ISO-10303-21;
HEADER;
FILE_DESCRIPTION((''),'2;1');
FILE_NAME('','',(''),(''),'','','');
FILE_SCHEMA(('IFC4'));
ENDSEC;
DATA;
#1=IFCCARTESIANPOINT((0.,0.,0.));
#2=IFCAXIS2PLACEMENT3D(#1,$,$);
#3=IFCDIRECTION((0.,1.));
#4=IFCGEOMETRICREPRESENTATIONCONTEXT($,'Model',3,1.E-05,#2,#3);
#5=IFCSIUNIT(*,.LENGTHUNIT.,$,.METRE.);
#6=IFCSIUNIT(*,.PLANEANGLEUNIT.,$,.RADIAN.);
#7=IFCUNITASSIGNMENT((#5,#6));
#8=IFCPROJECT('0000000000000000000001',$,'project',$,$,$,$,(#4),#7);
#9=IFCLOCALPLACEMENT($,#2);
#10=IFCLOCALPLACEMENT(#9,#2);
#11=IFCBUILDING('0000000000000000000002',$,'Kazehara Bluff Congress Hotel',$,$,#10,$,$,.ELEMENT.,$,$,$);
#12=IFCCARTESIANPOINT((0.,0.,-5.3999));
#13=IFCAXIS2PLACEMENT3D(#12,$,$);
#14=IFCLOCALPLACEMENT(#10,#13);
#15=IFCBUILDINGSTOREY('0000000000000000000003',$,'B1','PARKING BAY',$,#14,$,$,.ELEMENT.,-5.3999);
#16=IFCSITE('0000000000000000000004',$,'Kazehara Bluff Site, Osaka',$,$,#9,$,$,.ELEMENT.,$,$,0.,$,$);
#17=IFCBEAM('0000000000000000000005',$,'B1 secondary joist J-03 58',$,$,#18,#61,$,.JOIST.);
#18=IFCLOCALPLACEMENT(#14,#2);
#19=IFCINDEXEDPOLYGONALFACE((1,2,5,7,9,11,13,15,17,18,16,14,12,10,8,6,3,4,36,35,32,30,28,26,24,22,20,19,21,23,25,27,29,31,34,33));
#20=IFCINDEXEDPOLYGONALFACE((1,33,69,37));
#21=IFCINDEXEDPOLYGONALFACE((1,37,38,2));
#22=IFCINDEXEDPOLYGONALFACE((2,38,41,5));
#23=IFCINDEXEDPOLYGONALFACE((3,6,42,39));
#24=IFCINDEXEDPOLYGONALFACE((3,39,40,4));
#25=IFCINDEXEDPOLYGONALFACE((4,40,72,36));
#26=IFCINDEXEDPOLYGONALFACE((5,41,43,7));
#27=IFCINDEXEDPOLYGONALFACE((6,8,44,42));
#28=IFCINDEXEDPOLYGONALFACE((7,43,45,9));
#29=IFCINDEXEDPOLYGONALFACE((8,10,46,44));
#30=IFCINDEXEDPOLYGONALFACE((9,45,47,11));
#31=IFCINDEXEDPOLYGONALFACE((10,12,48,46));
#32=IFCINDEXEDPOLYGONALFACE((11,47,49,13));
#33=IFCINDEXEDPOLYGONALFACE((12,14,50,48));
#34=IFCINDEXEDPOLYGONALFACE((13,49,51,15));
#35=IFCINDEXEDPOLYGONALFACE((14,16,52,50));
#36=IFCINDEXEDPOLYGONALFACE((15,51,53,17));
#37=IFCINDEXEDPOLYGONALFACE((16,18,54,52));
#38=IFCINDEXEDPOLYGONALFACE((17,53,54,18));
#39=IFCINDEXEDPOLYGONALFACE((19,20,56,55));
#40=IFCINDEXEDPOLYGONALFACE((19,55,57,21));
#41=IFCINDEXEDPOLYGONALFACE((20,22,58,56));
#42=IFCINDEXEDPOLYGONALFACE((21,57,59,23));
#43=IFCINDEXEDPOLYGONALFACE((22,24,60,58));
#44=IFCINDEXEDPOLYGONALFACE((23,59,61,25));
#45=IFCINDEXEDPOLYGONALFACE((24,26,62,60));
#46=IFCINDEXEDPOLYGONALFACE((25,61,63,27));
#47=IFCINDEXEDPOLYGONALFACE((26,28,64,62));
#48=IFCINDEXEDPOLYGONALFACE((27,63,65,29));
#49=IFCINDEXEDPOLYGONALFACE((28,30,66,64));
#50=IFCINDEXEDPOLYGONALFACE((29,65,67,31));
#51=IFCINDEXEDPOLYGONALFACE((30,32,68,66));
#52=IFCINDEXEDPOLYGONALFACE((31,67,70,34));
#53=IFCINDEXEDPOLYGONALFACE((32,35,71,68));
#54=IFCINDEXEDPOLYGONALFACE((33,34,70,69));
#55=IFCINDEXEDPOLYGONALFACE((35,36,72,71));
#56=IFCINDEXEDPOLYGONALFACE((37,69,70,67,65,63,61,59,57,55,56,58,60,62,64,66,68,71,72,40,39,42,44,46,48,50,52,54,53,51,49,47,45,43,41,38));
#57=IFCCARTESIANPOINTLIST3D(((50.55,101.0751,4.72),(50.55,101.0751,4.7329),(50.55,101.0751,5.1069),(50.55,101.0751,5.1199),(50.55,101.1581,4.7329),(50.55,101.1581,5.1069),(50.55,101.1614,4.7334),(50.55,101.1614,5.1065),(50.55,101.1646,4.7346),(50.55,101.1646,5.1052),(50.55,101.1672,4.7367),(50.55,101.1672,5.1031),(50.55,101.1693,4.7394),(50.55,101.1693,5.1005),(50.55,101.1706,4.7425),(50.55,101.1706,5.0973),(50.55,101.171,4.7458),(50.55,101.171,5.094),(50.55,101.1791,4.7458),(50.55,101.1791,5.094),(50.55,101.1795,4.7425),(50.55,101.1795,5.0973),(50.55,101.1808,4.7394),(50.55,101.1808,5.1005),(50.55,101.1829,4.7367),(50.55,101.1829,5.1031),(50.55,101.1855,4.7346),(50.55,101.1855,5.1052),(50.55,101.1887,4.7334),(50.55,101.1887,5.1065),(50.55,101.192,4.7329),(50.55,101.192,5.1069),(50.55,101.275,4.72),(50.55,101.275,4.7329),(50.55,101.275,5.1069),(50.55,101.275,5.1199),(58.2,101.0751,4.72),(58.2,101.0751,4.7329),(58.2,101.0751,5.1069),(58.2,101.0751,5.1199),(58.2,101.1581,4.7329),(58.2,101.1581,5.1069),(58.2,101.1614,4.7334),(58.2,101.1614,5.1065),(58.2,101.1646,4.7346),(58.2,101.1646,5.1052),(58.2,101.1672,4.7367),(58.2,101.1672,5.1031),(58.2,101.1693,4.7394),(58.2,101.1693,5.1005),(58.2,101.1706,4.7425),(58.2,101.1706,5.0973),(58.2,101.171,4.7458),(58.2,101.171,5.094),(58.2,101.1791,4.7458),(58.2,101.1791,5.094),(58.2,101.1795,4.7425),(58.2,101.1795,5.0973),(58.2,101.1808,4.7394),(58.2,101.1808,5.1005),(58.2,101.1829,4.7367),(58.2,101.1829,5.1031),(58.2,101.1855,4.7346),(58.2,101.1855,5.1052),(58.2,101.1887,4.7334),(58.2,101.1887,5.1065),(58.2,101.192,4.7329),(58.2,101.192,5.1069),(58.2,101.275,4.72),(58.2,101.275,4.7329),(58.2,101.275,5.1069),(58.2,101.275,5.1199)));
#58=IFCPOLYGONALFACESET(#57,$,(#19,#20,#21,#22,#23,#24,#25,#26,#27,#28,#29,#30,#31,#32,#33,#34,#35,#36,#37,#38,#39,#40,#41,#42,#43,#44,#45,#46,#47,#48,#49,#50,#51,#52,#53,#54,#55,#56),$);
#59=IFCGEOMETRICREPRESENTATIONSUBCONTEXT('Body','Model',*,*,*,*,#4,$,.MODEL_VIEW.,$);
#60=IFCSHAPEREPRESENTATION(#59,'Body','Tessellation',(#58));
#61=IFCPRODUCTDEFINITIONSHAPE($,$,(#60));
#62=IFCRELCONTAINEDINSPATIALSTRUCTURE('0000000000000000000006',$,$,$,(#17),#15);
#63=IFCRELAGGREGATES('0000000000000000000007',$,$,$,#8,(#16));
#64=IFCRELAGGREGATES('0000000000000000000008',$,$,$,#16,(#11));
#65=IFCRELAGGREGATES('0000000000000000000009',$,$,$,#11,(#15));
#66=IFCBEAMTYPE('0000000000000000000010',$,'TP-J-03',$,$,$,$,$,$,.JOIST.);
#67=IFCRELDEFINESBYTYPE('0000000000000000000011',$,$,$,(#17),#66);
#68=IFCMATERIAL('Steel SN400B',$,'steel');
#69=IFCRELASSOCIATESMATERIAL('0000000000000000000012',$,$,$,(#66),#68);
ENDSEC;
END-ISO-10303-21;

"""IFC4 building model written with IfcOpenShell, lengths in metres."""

from ifc_helpers import new_model, si_unit, direction, frame, origin, origin_2d, place, context, subcontext, project, spatial, i_section, extrude, material, material_profile, profile_set, type_object, element, save


model = new_model("IFC4")

# Units and contexts
model_context = context("Model", 3, precision=1e-05, world=origin(), true_north=direction((0.0, 1.0)))
body_context = subcontext(model_context, "Body", "Model", "MODEL_VIEW")
ifc_project = project(units=[si_unit("LENGTHUNIT", "METRE"), si_unit("PLANEANGLEUNIT", "RADIAN")], contexts=[model_context])

# Site, building, storey
site_placement = place(None, origin())
site = spatial("IfcSite", under=ifc_project, at=site_placement, Name="Kazehara Bluff Site, Osaka", CompositionType="ELEMENT", RefElevation=0.0)
building_placement = place(site_placement, origin())
building = spatial("IfcBuilding", under=site, at=building_placement, Name="Kazehara Bluff Congress Hotel", CompositionType="ELEMENT")
storey_placement = place(building_placement, frame((0.0, 0.0, -5.3999)))
storey = spatial("IfcBuildingStorey", under=building, at=storey_placement, Name="B1", Description="PARKING BAY", CompositionType="ELEMENT", Elevation=-5.3999)

# Beam
ifc_material_1 = material(Name="Steel SN400B", Category="steel")
ifc_material_profile_1 = material_profile(ifc_material_1, i_section(OverallWidth=0.2, OverallDepth=0.3999, WebThickness=0.0081, FlangeThickness=0.0129, FilletRadius=0.0129, at=origin_2d()))
ifc_profile_set_1 = profile_set([ifc_material_profile_1], Name="Steel SN400B")
beam_type_1 = type_object("IfcBeamType", Name="TP-J-03", PredefinedType="JOIST", material=ifc_profile_set_1)
for number, where, z_axis, x_axis, name in (
    (1, (50.55, 101.175, 4.9199), (1.0, 0.0, 0.0), (0.0, 1.0, 0.0), "B1 secondary joist J-03 58"),
):
    element("IfcBeam", number, at=place(storey_placement, frame(where, z_axis=z_axis, x_axis=x_axis)), inside=storey, type_object=beam_type_1, Name=name, PredefinedType="JOIST", context=body_context, shape_type="SweptSolid", body=[
        extrude(i_section(OverallWidth=0.2, OverallDepth=0.3999, WebThickness=0.0081, FlangeThickness=0.0129, FilletRadius=0.0129, at=origin_2d()), origin(), (0.0, 0.0, 1.0), 7.6499),
    ])

save(model, "model.ifc")
